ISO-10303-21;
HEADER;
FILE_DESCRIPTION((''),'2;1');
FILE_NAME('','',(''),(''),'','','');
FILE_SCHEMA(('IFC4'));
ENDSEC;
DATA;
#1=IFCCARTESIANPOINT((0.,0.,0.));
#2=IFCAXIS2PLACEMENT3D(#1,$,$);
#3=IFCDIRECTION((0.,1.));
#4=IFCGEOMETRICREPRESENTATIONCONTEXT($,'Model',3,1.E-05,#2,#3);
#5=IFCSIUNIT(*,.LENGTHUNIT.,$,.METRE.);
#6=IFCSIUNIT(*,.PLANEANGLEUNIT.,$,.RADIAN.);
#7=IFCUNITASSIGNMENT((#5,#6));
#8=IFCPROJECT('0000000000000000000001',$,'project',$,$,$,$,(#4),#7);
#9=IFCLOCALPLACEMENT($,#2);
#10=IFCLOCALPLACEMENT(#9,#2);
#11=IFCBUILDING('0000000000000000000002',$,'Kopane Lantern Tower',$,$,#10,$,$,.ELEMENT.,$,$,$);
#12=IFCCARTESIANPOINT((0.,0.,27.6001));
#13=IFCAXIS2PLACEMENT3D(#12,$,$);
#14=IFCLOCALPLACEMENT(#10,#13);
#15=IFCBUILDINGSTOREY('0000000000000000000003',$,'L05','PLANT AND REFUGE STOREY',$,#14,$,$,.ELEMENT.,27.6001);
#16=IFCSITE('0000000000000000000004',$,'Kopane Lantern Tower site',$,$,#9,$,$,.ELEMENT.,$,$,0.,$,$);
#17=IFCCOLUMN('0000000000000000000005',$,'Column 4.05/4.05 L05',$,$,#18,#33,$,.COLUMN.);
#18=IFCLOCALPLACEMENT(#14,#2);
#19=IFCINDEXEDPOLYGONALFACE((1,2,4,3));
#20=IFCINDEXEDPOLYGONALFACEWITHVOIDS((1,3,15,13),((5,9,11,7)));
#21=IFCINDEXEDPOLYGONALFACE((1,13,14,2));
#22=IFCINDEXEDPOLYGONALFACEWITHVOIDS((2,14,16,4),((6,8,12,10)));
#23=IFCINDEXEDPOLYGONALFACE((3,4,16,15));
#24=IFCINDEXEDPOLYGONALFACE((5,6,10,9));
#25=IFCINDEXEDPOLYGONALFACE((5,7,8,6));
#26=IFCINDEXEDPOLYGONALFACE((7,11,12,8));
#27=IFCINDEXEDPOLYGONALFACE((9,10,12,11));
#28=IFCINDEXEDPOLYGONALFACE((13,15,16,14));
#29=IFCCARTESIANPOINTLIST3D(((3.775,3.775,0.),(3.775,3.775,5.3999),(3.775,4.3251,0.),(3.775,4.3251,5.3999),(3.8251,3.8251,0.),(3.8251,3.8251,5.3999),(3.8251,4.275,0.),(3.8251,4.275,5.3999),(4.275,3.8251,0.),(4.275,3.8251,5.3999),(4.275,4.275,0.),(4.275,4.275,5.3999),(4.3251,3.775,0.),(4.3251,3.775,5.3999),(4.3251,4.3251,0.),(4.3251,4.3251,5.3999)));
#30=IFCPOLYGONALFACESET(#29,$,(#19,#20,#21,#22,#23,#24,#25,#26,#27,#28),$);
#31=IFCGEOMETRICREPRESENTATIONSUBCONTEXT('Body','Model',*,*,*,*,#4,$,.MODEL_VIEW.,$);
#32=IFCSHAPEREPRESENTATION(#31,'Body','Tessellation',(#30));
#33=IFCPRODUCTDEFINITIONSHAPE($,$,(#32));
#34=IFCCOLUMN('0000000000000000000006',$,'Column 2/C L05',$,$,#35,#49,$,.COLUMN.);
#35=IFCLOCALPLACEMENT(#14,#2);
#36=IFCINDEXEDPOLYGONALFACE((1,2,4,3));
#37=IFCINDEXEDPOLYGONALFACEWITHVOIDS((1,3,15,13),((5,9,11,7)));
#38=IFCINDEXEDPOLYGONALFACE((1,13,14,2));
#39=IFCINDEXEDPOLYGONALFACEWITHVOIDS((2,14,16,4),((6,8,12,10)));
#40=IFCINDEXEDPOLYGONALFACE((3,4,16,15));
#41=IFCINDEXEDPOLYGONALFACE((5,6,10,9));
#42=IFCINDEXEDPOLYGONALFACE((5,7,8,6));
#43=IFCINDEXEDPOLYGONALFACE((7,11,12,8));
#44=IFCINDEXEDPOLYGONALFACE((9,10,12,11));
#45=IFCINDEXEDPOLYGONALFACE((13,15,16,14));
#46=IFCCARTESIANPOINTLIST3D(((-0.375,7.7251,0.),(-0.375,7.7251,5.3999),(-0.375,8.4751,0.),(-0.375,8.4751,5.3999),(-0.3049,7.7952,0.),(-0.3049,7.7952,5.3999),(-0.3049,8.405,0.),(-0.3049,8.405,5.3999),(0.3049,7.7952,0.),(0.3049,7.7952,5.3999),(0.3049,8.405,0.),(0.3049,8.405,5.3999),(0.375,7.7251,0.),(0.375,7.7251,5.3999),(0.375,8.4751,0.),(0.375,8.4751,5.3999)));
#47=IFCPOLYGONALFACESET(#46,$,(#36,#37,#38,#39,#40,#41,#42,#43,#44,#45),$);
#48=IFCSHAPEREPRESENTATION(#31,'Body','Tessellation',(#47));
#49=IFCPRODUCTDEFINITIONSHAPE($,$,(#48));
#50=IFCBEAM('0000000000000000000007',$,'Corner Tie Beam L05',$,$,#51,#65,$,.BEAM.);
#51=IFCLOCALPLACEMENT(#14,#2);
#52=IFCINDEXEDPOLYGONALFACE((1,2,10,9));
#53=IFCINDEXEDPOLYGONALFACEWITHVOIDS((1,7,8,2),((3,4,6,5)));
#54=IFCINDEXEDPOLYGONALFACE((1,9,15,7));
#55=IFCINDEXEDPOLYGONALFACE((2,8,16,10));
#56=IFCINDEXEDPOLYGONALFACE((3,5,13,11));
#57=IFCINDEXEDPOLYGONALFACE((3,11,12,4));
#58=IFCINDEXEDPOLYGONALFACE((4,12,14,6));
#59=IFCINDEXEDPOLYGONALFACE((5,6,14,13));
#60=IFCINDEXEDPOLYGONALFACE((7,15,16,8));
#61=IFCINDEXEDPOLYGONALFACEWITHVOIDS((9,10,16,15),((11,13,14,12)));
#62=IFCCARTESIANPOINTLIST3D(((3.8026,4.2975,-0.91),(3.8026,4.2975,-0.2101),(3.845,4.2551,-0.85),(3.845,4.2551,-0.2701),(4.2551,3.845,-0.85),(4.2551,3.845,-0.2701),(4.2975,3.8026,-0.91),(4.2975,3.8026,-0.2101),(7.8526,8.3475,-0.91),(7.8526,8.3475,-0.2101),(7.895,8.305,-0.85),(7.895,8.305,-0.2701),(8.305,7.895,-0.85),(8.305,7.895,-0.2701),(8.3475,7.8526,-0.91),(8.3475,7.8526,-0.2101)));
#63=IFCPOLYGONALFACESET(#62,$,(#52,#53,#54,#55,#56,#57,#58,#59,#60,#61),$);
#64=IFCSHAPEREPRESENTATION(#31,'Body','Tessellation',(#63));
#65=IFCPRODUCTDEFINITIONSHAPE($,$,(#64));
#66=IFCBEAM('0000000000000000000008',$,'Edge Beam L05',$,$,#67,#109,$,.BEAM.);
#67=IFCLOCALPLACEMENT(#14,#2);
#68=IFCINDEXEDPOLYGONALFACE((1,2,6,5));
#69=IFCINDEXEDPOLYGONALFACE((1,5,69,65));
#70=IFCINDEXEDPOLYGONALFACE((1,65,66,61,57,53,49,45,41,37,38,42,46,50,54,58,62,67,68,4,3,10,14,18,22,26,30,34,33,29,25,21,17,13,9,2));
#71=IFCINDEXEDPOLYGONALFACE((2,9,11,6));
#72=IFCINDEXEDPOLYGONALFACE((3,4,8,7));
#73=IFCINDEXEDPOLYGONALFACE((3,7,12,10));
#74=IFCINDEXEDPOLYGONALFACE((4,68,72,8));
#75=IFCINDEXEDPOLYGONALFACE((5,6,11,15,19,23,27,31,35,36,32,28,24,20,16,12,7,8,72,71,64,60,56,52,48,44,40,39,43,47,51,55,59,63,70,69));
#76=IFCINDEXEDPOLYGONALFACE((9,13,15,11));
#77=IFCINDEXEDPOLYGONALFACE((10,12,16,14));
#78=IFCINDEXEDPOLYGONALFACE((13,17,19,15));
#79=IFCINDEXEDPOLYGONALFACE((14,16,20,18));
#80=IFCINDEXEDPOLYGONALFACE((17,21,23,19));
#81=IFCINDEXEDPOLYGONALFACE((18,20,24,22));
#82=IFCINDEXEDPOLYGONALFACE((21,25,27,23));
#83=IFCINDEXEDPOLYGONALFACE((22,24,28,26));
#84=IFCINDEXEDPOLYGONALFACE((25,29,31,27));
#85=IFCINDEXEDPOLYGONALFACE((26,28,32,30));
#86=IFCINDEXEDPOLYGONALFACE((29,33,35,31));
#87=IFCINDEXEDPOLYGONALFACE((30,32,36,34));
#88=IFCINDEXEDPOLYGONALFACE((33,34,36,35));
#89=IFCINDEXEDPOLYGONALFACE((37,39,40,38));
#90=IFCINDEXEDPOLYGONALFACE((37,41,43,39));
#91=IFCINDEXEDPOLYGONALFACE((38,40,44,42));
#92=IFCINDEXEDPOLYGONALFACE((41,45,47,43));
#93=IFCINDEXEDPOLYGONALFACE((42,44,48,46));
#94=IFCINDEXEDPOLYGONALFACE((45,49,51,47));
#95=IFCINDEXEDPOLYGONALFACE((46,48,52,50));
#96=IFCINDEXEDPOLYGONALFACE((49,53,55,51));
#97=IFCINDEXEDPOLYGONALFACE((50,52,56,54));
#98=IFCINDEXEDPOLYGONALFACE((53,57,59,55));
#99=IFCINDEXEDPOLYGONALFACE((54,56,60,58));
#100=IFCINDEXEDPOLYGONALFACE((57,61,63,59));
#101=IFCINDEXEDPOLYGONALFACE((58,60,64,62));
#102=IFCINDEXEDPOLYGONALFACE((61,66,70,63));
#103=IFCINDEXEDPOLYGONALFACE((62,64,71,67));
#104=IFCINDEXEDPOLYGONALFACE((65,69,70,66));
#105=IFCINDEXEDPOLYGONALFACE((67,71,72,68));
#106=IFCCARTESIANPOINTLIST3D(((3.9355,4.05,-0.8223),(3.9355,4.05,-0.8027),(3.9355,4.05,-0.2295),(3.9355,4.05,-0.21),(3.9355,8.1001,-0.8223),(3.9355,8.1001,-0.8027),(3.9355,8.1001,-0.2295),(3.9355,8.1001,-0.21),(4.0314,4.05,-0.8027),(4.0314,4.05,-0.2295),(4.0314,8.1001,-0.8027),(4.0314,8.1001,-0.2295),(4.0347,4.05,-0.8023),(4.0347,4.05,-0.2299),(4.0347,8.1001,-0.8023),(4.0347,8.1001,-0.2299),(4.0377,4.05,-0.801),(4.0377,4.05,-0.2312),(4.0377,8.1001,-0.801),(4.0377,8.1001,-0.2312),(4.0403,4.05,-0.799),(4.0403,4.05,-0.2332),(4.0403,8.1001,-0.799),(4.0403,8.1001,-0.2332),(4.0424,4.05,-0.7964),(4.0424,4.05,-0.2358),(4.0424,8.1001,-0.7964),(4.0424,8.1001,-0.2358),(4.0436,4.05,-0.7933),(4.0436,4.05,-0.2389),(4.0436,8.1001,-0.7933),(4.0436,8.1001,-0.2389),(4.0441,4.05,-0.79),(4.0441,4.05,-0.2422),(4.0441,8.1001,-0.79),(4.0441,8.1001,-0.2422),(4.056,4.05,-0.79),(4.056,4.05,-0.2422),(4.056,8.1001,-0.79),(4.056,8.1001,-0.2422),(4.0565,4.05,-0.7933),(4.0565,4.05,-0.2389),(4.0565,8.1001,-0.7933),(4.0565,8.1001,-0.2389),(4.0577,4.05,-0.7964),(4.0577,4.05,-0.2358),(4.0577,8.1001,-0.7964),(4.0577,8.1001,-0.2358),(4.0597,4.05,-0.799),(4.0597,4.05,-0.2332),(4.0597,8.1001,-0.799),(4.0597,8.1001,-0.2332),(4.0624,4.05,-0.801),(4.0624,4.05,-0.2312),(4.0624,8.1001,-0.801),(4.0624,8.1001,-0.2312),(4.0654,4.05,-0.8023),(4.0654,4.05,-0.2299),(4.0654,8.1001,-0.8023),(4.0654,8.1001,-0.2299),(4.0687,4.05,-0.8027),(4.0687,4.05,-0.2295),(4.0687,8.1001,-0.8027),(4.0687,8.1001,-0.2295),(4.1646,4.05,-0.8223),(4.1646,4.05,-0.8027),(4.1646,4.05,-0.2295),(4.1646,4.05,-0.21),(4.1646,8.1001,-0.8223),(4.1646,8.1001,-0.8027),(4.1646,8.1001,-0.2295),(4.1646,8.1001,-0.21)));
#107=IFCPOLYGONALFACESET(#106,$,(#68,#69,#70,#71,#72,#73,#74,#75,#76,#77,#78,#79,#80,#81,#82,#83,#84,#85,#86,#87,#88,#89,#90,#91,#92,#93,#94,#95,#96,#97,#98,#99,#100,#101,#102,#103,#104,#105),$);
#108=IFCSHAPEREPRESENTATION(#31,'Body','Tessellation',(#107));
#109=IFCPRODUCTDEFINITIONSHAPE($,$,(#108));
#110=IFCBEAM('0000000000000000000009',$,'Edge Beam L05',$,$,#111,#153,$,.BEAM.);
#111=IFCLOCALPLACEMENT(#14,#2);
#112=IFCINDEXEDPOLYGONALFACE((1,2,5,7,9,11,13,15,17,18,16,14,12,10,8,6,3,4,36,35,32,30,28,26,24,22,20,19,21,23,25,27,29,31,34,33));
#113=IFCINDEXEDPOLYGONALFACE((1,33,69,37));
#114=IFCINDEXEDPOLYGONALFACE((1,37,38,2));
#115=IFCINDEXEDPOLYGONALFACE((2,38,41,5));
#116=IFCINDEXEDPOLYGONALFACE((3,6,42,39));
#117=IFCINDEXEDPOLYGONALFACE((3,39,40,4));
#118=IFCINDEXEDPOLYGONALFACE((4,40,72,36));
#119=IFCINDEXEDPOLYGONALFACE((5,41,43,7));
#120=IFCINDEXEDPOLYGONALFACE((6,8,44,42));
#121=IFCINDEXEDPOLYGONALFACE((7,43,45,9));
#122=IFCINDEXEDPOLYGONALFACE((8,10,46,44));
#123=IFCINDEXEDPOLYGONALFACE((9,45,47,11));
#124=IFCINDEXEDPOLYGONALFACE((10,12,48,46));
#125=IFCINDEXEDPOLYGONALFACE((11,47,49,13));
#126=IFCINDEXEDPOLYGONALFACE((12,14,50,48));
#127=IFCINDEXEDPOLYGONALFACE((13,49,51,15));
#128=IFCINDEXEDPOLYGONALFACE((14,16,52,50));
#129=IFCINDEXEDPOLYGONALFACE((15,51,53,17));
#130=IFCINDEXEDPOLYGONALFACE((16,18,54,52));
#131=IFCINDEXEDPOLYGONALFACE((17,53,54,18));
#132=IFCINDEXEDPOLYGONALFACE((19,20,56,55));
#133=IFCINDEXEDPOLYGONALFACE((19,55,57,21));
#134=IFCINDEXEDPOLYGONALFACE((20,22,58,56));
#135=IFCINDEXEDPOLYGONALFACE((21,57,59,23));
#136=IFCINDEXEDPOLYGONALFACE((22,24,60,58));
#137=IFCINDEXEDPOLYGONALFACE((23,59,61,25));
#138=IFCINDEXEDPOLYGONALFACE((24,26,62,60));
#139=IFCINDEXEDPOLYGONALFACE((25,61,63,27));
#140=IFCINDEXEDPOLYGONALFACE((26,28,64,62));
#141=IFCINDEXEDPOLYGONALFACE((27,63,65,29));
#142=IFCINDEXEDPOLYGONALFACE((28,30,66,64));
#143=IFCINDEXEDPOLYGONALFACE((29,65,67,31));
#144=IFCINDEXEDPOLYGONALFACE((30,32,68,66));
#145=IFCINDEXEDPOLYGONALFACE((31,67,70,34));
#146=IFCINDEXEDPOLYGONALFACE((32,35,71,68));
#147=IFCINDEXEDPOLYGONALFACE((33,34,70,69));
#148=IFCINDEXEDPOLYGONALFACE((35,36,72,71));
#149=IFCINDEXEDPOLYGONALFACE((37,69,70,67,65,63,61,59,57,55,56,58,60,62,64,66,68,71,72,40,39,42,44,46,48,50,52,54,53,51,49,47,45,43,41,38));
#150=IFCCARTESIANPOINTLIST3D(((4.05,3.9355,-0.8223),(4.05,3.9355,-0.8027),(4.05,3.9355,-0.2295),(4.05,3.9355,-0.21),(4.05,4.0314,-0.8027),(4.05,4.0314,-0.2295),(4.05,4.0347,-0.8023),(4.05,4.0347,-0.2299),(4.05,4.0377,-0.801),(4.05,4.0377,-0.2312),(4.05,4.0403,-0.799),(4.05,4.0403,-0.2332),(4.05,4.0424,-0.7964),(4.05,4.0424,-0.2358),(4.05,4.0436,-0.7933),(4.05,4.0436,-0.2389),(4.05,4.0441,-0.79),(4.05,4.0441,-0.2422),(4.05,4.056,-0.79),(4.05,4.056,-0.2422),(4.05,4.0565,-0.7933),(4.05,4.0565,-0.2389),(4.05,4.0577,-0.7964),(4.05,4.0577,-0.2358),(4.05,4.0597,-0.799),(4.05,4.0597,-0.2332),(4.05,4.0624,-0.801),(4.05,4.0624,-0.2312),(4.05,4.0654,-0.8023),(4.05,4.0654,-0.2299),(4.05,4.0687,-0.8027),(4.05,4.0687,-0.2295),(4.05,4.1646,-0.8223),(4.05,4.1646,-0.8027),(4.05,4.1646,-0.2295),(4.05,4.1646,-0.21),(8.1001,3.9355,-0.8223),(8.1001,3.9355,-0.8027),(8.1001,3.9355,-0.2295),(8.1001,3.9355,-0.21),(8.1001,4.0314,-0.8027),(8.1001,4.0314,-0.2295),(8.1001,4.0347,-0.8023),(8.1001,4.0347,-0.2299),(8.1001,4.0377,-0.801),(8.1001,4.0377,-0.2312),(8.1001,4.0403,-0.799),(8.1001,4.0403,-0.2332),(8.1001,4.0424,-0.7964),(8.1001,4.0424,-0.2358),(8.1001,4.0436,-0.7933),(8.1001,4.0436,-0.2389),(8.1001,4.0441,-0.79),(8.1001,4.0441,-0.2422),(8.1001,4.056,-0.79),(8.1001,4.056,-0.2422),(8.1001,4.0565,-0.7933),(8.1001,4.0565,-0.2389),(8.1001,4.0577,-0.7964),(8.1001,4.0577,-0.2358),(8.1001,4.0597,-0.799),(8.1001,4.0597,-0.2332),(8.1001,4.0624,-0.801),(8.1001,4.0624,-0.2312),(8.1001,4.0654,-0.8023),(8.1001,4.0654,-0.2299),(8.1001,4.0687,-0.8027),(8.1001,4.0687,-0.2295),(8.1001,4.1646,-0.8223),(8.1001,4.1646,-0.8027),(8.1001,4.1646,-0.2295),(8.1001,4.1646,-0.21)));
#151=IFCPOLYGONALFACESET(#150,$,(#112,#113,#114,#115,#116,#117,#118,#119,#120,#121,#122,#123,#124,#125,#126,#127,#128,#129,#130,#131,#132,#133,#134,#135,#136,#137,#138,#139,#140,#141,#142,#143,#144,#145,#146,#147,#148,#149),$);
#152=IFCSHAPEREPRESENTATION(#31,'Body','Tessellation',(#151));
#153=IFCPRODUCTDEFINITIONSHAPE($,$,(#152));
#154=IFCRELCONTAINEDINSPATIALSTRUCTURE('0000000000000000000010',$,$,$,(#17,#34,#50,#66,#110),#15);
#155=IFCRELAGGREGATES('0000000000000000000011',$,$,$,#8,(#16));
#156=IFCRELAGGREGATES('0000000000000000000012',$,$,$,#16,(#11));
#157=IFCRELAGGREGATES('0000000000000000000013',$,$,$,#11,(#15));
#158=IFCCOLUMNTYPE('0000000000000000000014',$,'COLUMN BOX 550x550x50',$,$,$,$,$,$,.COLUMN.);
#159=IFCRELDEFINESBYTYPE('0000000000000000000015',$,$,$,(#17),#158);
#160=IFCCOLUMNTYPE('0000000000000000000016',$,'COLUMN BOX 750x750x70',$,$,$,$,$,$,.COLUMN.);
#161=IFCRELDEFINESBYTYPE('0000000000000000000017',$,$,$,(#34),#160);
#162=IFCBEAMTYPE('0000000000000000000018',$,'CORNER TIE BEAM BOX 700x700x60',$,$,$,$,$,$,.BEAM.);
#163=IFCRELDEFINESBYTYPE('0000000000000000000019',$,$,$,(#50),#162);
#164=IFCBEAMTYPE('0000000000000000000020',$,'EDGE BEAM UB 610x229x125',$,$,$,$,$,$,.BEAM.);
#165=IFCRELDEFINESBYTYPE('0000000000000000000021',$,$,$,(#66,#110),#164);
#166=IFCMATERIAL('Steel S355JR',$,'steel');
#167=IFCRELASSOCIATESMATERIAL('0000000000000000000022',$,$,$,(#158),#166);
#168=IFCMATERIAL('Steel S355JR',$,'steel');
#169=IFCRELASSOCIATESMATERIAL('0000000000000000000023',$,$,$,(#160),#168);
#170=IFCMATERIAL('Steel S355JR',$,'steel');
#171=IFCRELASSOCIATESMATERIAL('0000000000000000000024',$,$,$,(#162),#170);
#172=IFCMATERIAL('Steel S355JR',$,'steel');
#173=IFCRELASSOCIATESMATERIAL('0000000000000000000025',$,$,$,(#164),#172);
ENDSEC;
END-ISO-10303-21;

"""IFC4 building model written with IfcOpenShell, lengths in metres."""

from ifc_helpers import new_model, si_unit, direction, frame, origin, origin_2d, place, context, subcontext, project, spatial, hollow_rectangle, i_section, extrude, material, material_profile, profile_set, type_object, element, save


model = new_model("IFC4")

# Units and contexts
model_context = context("Model", 3, precision=1e-05, world=origin(), true_north=direction((0.0, 1.0)))
body_context = subcontext(model_context, "Body", "Model", "MODEL_VIEW")
ifc_project = project(units=[si_unit("LENGTHUNIT", "METRE"), si_unit("PLANEANGLEUNIT", "RADIAN")], contexts=[model_context])

# Site, building, storey
site_placement = place(None, origin())
site = spatial("IfcSite", under=ifc_project, at=site_placement, Name="Kopane Lantern Tower site", CompositionType="ELEMENT", RefElevation=0.0)
building_placement = place(site_placement, origin())
building = spatial("IfcBuilding", under=site, at=building_placement, Name="Kopane Lantern Tower", CompositionType="ELEMENT")
storey_placement = place(building_placement, frame((0.0, 0.0, 27.6001)))
storey = spatial("IfcBuildingStorey", under=building, at=storey_placement, Name="L05", Description="PLANT AND REFUGE STOREY", CompositionType="ELEMENT", Elevation=27.6001)

# Columns
ifc_material_1 = material(Name="Steel S355JR", Category="steel")
ifc_material_profile_1 = material_profile(ifc_material_1, hollow_rectangle(XDim=0.55, YDim=0.55, WallThickness=0.05, at=origin_2d()), Name="BOX 550x550x50")
ifc_profile_set_1 = profile_set([ifc_material_profile_1], Name="Steel S355JR")
column_type_1 = type_object("IfcColumnType", Name="COLUMN BOX 550x550x50", PredefinedType="COLUMN", material=ifc_profile_set_1)
column_1_placement = place(storey_placement, frame((4.05, 4.05, 0.0), z_axis=(0.0, 0.0, 1.0), x_axis=(1.0, 0.0, 0.0)))
element("IfcColumn", 1, at=column_1_placement, inside=storey, type_object=column_type_1, Name="Column 4.05/4.05 L05", PredefinedType="COLUMN", context=body_context, shape_type="SweptSolid", body=[
    extrude(hollow_rectangle(XDim=0.55, YDim=0.55, WallThickness=0.05, at=origin_2d()), origin(), (0.0, 0.0, 1.0), 5.3999),
])
ifc_material_2 = material(Name="Steel S355JR", Category="steel")
ifc_material_profile_2 = material_profile(ifc_material_2, hollow_rectangle(XDim=0.75, YDim=0.75, WallThickness=0.0701, at=origin_2d()), Name="BOX 750x750x70")
ifc_profile_set_2 = profile_set([ifc_material_profile_2], Name="Steel S355JR")
column_type_2 = type_object("IfcColumnType", Name="COLUMN BOX 750x750x70", PredefinedType="COLUMN", material=ifc_profile_set_2)
column_2_placement = place(storey_placement, frame((0.0, 8.1001, 0.0), z_axis=(0.0, 0.0, 1.0), x_axis=(1.0, 0.0, 0.0)))
element("IfcColumn", 2, at=column_2_placement, inside=storey, type_object=column_type_2, Name="Column 2/C L05", PredefinedType="COLUMN", context=body_context, shape_type="SweptSolid", body=[
    extrude(hollow_rectangle(XDim=0.75, YDim=0.75, WallThickness=0.0701, at=origin_2d()), origin(), (0.0, 0.0, 1.0), 5.3999),
])

# Beams
ifc_material_3 = material(Name="Steel S355JR", Category="steel")
ifc_material_profile_3 = material_profile(ifc_material_3, hollow_rectangle(XDim=0.7, YDim=0.7, WallThickness=0.0601, at=origin_2d()), Name="BOX 700x700x60")
ifc_profile_set_3 = profile_set([ifc_material_profile_3], Name="Steel S355JR")
beam_type_1 = type_object("IfcBeamType", Name="CORNER TIE BEAM BOX 700x700x60", PredefinedType="BEAM", material=ifc_profile_set_3)
beam_1_placement = place(storey_placement, frame((4.05, 4.05, -0.5601), z_axis=(0.707107, 0.707107, 0.0), x_axis=(-0.707107, 0.707107, 0.0)))
element("IfcBeam", 3, at=beam_1_placement, inside=storey, type_object=beam_type_1, Name="Corner Tie Beam L05", PredefinedType="BEAM", context=body_context, shape_type="SweptSolid", body=[
    extrude(hollow_rectangle(XDim=0.7, YDim=0.7, WallThickness=0.0601, at=origin_2d()), origin(), (0.0, 0.0, 1.0), 5.7275),
])
ifc_material_4 = material(Name="Steel S355JR", Category="steel")
ifc_material_profile_4 = material_profile(ifc_material_4, i_section(OverallWidth=0.229, OverallDepth=0.6123, WebThickness=0.012, FlangeThickness=0.0195, FilletRadius=0.0127, at=origin_2d()), Name="UB 610x229x125")
ifc_profile_set_4 = profile_set([ifc_material_profile_4], Name="Steel S355JR")
beam_type_2 = type_object("IfcBeamType", Name="EDGE BEAM UB 610x229x125", PredefinedType="BEAM", material=ifc_profile_set_4)
for number, where, z_axis, x_axis, name in (
    (4, (4.05, 4.05, -0.5161), (0.0, 1.0, 0.0), (-1.0, 0.0, 0.0), "Edge Beam L05"),
    (5, (4.05, 4.05, -0.5161), (1.0, 0.0, 0.0), (0.0, 1.0, 0.0), "Edge Beam L05"),
):
    element("IfcBeam", number, at=place(storey_placement, frame(where, z_axis=z_axis, x_axis=x_axis)), inside=storey, type_object=beam_type_2, Name=name, PredefinedType="BEAM", context=body_context, shape_type="SweptSolid", body=[
        extrude(i_section(OverallWidth=0.229, OverallDepth=0.6123, WebThickness=0.012, FlangeThickness=0.0195, FilletRadius=0.0127, at=origin_2d()), origin(), (0.0, 0.0, 1.0), 4.05),
    ])

save(model, "model.ifc")
